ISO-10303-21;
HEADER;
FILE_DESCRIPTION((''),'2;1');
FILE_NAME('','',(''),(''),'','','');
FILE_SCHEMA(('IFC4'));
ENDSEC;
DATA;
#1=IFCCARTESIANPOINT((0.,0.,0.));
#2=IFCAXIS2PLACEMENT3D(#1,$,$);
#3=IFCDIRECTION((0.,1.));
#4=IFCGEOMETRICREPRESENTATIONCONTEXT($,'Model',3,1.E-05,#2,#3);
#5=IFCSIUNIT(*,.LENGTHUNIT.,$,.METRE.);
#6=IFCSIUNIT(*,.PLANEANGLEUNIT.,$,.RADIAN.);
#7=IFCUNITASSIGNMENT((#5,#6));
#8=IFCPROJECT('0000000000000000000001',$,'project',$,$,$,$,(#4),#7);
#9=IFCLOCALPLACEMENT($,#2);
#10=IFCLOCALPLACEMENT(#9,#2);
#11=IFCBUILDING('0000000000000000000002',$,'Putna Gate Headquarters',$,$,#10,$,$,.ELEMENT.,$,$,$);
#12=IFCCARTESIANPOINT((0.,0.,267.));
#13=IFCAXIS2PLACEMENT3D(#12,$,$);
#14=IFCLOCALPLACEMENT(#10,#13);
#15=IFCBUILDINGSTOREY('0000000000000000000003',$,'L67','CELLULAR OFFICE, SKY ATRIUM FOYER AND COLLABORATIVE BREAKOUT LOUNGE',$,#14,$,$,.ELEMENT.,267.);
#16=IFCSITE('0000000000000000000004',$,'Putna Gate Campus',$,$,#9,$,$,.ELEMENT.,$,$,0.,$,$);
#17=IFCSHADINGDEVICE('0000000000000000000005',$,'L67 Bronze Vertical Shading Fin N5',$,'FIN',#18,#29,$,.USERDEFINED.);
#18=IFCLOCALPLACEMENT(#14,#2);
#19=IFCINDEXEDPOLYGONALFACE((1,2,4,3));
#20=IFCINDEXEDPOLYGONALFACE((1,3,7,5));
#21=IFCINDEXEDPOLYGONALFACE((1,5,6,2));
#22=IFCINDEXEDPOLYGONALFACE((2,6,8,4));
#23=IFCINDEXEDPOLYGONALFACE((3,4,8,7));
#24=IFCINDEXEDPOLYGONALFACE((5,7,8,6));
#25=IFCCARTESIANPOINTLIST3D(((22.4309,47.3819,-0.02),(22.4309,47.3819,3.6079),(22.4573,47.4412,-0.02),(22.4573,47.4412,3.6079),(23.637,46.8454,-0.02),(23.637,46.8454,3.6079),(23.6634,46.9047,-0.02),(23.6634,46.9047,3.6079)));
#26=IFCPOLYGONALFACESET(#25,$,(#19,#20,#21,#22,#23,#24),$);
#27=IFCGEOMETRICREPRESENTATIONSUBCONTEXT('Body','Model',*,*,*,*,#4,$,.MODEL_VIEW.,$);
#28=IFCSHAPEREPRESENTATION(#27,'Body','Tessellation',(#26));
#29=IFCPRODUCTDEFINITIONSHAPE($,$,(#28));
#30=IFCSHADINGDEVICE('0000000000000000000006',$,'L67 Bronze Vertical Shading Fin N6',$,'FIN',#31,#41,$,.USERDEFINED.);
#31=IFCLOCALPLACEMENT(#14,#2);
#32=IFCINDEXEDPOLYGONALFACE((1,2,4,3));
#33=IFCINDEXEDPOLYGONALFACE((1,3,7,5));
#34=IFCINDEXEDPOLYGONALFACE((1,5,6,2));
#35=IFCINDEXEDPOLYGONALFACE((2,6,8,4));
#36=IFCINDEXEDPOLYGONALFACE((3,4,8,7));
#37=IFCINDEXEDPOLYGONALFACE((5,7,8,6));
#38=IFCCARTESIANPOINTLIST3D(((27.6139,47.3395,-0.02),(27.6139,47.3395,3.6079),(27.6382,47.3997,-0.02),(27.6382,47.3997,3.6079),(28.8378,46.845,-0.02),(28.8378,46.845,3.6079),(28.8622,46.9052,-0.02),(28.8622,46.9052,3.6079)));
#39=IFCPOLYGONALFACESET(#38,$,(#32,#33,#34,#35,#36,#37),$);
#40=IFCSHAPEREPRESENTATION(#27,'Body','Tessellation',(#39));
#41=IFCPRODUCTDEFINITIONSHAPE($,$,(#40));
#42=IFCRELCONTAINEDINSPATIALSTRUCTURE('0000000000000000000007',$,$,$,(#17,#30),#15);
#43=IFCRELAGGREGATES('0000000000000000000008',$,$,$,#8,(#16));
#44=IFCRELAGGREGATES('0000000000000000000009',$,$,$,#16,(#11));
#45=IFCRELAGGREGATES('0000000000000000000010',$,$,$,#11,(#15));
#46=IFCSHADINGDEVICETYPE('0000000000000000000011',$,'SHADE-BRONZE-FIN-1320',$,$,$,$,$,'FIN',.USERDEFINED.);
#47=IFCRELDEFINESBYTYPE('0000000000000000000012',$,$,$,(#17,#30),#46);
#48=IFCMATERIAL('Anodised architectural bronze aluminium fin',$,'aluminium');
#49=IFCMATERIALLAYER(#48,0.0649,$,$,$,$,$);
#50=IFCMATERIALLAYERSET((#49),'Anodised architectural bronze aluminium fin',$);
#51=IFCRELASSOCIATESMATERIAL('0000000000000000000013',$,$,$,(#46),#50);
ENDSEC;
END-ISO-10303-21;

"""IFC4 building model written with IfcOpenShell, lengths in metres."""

from ifc_helpers import new_model, si_unit, direction, frame, origin, origin_2d, place, context, subcontext, project, spatial, rectangle, extrude, material, layer, layer_set, type_object, element, save


model = new_model("IFC4")

# Units and contexts
model_context = context("Model", 3, precision=1e-05, world=origin(), true_north=direction((0.0, 1.0)))
body_context = subcontext(model_context, "Body", "Model", "MODEL_VIEW")
ifc_project = project(units=[si_unit("LENGTHUNIT", "METRE"), si_unit("PLANEANGLEUNIT", "RADIAN")], contexts=[model_context])

# Site, building, storey
site_placement = place(None, origin())
site = spatial("IfcSite", under=ifc_project, at=site_placement, Name="Putna Gate Campus", CompositionType="ELEMENT", RefElevation=0.0)
building_placement = place(site_placement, origin())
building = spatial("IfcBuilding", under=site, at=building_placement, Name="Putna Gate Headquarters", CompositionType="ELEMENT")
storey_placement = place(building_placement, frame((0.0, 0.0, 267.0)))
storey = spatial("IfcBuildingStorey", under=building, at=storey_placement, Name="L67", Description="CELLULAR OFFICE, SKY ATRIUM FOYER AND COLLABORATIVE BREAKOUT LOUNGE", CompositionType="ELEMENT", Elevation=267.0)

# Shading devices
ifc_material_1 = material(Name="Anodised architectural bronze aluminium fin", Category="aluminium")
ifc_layer_1 = layer(ifc_material_1, 0.0649)
ifc_layer_set_1 = layer_set([ifc_layer_1], Name="Anodised architectural bronze aluminium fin")
shading_device_type = type_object("IfcShadingDeviceType", Name="SHADE-BRONZE-FIN-1320", ElementType="FIN", PredefinedType="USERDEFINED", material=ifc_layer_set_1)
for number, where, z_axis, x_axis, name in (
    (1, (23.0471, 47.1433, -0.02), (0.0, 0.0, 1.0), (-0.913687, 0.406418, 0.0), "L67 Bronze Vertical Shading Fin N5"),
    (2, (28.238, 47.1223, -0.02), (0.0, 0.0, 1.0), (-0.927184, 0.374607, 0.0), "L67 Bronze Vertical Shading Fin N6"),
):
    element("IfcShadingDevice", number, at=place(storey_placement, frame(where, z_axis=z_axis, x_axis=x_axis)), inside=storey, type_object=shading_device_type, Name=name, ObjectType="FIN", PredefinedType="USERDEFINED", context=body_context, shape_type="SweptSolid", body=[
        extrude(rectangle(XDim=1.3201, YDim=0.0649, at=origin_2d()), origin(), (0.0, 0.0, 1.0), 3.6279),
    ])

save(model, "model.ifc")
